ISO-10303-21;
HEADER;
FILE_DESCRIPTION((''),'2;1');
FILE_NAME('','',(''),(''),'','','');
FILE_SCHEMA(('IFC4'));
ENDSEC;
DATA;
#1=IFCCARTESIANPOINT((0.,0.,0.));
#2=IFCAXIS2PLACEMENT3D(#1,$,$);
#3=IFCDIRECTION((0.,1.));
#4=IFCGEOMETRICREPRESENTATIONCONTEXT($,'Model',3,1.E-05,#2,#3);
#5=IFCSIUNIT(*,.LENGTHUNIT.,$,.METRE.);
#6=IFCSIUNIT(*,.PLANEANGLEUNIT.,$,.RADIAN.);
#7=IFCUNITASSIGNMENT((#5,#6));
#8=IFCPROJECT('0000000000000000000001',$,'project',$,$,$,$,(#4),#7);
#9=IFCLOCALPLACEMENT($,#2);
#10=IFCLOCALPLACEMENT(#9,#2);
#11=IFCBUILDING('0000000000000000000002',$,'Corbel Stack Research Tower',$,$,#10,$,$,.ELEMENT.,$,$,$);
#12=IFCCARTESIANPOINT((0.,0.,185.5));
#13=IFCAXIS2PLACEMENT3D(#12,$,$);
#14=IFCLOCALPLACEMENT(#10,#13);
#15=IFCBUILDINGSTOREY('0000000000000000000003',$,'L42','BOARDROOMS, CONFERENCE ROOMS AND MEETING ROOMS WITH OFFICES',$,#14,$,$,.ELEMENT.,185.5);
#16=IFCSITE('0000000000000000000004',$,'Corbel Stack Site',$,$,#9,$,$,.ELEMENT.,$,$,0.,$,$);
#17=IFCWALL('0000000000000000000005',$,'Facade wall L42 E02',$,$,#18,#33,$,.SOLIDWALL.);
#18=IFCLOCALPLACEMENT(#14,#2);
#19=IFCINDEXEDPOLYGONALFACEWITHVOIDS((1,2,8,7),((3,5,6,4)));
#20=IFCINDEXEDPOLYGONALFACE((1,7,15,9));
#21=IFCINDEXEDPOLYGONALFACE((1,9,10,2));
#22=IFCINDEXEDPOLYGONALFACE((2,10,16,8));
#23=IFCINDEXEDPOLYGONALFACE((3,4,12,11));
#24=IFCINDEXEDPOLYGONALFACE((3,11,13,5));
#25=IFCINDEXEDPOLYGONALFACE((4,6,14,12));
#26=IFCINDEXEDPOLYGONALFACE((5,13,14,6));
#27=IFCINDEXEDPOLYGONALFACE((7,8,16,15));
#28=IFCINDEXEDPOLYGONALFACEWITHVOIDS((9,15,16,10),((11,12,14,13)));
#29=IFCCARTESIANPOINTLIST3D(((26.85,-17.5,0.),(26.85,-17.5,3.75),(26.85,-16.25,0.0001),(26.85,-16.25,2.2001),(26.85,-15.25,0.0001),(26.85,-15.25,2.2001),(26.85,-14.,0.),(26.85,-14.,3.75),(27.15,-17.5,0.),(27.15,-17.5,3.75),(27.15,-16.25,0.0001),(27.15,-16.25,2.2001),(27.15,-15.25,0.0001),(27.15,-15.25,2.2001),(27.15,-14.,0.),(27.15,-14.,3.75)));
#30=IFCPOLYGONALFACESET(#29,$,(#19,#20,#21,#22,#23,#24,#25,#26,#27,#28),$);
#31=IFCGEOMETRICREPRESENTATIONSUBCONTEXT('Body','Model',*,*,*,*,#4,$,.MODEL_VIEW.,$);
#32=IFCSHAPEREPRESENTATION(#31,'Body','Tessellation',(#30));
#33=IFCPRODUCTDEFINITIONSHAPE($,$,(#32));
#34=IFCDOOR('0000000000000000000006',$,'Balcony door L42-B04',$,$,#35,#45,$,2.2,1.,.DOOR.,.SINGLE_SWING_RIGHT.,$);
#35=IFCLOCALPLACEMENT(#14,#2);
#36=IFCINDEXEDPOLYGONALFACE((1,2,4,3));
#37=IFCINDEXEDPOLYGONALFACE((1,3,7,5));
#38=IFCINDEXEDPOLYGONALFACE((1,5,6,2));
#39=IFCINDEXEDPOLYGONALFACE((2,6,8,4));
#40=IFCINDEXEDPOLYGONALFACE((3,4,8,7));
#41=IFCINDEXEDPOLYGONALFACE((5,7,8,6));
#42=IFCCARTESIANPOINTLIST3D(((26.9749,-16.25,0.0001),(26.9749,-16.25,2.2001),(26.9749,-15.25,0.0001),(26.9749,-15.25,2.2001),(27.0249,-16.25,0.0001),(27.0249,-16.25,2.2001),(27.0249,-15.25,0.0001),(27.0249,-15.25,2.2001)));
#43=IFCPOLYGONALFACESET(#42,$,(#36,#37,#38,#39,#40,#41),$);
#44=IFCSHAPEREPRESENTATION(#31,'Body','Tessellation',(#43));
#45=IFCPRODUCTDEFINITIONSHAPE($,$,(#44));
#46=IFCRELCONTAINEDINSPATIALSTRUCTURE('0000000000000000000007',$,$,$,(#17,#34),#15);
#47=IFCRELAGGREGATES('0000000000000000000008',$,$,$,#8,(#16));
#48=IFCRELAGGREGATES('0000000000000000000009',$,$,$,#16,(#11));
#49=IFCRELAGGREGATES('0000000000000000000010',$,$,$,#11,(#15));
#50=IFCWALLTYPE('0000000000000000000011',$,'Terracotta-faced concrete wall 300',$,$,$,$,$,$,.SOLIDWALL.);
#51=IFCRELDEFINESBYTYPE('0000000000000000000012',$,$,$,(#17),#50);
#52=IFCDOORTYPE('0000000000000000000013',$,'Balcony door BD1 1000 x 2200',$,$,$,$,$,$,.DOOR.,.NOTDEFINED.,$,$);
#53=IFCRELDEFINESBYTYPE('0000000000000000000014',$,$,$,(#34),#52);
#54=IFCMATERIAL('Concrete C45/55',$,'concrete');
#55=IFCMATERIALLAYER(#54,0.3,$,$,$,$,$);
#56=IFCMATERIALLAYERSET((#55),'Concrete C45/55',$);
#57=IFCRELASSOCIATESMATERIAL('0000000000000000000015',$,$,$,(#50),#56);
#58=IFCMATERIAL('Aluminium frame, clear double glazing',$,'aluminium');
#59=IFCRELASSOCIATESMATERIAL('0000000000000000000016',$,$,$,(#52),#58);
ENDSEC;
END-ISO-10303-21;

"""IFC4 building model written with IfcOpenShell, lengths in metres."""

from ifc_helpers import new_model, si_unit, direction, frame, frame_2d, origin, place, context, subcontext, project, spatial, rectangle, extrude, material, layer, layer_set, type_object, element, fill, save


model = new_model("IFC4")

# Units and contexts
model_context = context("Model", 3, precision=1e-05, world=origin(), true_north=direction((0.0, 1.0)))
body_context = subcontext(model_context, "Body", "Model", "MODEL_VIEW")
ifc_project = project(units=[si_unit("LENGTHUNIT", "METRE"), si_unit("PLANEANGLEUNIT", "RADIAN")], contexts=[model_context])

# Site, building, storey
site_placement = place(None, origin())
site = spatial("IfcSite", under=ifc_project, at=site_placement, Name="Corbel Stack Site", CompositionType="ELEMENT", RefElevation=0.0)
building_placement = place(site_placement, origin())
building = spatial("IfcBuilding", under=site, at=building_placement, Name="Corbel Stack Research Tower", CompositionType="ELEMENT")
storey_placement = place(building_placement, frame((0.0, 0.0, 185.5)))
storey = spatial("IfcBuildingStorey", under=building, at=storey_placement, Name="L42", Description="BOARDROOMS, CONFERENCE ROOMS AND MEETING ROOMS WITH OFFICES", CompositionType="ELEMENT", Elevation=185.5)

# Wall, opening, door
ifc_material_1 = material(Name="Concrete C45/55", Category="concrete")
ifc_layer_1 = layer(ifc_material_1, 0.3)
ifc_layer_set_1 = layer_set([ifc_layer_1], Name="Concrete C45/55")
wall_type_1 = type_object("IfcWallType", Name="Terracotta-faced concrete wall 300", PredefinedType="SOLIDWALL", material=ifc_layer_set_1)
wall_1_placement = place(storey_placement, frame((27.0, -14.0, 0.0), z_axis=(0.0, 0.0, 1.0), x_axis=(0.0, -1.0, 0.0)))
wall_1 = element("IfcWall", 1, at=wall_1_placement, inside=storey, type_object=wall_type_1, Name="Facade wall L42 E02", PredefinedType="SOLIDWALL", context=body_context, shape_type="SweptSolid", body=[
    extrude(rectangle(XDim=3.5, YDim=0.3, at=frame_2d((1.75, 0.0))), origin(), (0.0, 0.0, 1.0), 3.75),
])
opening_1_placement = place(wall_1_placement, frame((1.25, 0.0, 0.0)))
opening_1 = element("IfcOpeningElement", 2, at=opening_1_placement, cuts=wall_1, PredefinedType="OPENING", context=body_context, shape_type="SweptSolid", body=[
    extrude(rectangle(XDim=1.0, YDim=2.2, at=frame_2d((0.5, 1.1001))), frame((0.0, 0.1599, 0.0), z_axis=(0.0, -1.0, 0.0), x_axis=(1.0, 0.0, 0.0)), (0.0, 0.0, 1.0), 0.3201),
])
ifc_material_2 = material(Name="Aluminium frame, clear double glazing", Category="aluminium")
door_type_1 = type_object("IfcDoorType", Name="Balcony door BD1 1000 x 2200", OperationType="NOTDEFINED", PredefinedType="DOOR", material=ifc_material_2)
door_1_placement = place(opening_1_placement, origin())
door_1 = element("IfcDoor", 3, at=door_1_placement, inside=storey, type_object=door_type_1, Name="Balcony door L42-B04", OperationType="SINGLE_SWING_RIGHT", OverallHeight=2.2, OverallWidth=1.0, PredefinedType="DOOR", context=body_context, shape_type="SweptSolid", body=[
    extrude(rectangle(XDim=1.0, YDim=2.2, at=frame_2d((0.5, 1.1001))), frame((0.0, 0.0249, 0.0), z_axis=(0.0, -1.0, 0.0), x_axis=(1.0, 0.0, 0.0)), (0.0, 0.0, 1.0), 0.05),
])
fill(opening_1, door_1)

save(model, "model.ifc")
